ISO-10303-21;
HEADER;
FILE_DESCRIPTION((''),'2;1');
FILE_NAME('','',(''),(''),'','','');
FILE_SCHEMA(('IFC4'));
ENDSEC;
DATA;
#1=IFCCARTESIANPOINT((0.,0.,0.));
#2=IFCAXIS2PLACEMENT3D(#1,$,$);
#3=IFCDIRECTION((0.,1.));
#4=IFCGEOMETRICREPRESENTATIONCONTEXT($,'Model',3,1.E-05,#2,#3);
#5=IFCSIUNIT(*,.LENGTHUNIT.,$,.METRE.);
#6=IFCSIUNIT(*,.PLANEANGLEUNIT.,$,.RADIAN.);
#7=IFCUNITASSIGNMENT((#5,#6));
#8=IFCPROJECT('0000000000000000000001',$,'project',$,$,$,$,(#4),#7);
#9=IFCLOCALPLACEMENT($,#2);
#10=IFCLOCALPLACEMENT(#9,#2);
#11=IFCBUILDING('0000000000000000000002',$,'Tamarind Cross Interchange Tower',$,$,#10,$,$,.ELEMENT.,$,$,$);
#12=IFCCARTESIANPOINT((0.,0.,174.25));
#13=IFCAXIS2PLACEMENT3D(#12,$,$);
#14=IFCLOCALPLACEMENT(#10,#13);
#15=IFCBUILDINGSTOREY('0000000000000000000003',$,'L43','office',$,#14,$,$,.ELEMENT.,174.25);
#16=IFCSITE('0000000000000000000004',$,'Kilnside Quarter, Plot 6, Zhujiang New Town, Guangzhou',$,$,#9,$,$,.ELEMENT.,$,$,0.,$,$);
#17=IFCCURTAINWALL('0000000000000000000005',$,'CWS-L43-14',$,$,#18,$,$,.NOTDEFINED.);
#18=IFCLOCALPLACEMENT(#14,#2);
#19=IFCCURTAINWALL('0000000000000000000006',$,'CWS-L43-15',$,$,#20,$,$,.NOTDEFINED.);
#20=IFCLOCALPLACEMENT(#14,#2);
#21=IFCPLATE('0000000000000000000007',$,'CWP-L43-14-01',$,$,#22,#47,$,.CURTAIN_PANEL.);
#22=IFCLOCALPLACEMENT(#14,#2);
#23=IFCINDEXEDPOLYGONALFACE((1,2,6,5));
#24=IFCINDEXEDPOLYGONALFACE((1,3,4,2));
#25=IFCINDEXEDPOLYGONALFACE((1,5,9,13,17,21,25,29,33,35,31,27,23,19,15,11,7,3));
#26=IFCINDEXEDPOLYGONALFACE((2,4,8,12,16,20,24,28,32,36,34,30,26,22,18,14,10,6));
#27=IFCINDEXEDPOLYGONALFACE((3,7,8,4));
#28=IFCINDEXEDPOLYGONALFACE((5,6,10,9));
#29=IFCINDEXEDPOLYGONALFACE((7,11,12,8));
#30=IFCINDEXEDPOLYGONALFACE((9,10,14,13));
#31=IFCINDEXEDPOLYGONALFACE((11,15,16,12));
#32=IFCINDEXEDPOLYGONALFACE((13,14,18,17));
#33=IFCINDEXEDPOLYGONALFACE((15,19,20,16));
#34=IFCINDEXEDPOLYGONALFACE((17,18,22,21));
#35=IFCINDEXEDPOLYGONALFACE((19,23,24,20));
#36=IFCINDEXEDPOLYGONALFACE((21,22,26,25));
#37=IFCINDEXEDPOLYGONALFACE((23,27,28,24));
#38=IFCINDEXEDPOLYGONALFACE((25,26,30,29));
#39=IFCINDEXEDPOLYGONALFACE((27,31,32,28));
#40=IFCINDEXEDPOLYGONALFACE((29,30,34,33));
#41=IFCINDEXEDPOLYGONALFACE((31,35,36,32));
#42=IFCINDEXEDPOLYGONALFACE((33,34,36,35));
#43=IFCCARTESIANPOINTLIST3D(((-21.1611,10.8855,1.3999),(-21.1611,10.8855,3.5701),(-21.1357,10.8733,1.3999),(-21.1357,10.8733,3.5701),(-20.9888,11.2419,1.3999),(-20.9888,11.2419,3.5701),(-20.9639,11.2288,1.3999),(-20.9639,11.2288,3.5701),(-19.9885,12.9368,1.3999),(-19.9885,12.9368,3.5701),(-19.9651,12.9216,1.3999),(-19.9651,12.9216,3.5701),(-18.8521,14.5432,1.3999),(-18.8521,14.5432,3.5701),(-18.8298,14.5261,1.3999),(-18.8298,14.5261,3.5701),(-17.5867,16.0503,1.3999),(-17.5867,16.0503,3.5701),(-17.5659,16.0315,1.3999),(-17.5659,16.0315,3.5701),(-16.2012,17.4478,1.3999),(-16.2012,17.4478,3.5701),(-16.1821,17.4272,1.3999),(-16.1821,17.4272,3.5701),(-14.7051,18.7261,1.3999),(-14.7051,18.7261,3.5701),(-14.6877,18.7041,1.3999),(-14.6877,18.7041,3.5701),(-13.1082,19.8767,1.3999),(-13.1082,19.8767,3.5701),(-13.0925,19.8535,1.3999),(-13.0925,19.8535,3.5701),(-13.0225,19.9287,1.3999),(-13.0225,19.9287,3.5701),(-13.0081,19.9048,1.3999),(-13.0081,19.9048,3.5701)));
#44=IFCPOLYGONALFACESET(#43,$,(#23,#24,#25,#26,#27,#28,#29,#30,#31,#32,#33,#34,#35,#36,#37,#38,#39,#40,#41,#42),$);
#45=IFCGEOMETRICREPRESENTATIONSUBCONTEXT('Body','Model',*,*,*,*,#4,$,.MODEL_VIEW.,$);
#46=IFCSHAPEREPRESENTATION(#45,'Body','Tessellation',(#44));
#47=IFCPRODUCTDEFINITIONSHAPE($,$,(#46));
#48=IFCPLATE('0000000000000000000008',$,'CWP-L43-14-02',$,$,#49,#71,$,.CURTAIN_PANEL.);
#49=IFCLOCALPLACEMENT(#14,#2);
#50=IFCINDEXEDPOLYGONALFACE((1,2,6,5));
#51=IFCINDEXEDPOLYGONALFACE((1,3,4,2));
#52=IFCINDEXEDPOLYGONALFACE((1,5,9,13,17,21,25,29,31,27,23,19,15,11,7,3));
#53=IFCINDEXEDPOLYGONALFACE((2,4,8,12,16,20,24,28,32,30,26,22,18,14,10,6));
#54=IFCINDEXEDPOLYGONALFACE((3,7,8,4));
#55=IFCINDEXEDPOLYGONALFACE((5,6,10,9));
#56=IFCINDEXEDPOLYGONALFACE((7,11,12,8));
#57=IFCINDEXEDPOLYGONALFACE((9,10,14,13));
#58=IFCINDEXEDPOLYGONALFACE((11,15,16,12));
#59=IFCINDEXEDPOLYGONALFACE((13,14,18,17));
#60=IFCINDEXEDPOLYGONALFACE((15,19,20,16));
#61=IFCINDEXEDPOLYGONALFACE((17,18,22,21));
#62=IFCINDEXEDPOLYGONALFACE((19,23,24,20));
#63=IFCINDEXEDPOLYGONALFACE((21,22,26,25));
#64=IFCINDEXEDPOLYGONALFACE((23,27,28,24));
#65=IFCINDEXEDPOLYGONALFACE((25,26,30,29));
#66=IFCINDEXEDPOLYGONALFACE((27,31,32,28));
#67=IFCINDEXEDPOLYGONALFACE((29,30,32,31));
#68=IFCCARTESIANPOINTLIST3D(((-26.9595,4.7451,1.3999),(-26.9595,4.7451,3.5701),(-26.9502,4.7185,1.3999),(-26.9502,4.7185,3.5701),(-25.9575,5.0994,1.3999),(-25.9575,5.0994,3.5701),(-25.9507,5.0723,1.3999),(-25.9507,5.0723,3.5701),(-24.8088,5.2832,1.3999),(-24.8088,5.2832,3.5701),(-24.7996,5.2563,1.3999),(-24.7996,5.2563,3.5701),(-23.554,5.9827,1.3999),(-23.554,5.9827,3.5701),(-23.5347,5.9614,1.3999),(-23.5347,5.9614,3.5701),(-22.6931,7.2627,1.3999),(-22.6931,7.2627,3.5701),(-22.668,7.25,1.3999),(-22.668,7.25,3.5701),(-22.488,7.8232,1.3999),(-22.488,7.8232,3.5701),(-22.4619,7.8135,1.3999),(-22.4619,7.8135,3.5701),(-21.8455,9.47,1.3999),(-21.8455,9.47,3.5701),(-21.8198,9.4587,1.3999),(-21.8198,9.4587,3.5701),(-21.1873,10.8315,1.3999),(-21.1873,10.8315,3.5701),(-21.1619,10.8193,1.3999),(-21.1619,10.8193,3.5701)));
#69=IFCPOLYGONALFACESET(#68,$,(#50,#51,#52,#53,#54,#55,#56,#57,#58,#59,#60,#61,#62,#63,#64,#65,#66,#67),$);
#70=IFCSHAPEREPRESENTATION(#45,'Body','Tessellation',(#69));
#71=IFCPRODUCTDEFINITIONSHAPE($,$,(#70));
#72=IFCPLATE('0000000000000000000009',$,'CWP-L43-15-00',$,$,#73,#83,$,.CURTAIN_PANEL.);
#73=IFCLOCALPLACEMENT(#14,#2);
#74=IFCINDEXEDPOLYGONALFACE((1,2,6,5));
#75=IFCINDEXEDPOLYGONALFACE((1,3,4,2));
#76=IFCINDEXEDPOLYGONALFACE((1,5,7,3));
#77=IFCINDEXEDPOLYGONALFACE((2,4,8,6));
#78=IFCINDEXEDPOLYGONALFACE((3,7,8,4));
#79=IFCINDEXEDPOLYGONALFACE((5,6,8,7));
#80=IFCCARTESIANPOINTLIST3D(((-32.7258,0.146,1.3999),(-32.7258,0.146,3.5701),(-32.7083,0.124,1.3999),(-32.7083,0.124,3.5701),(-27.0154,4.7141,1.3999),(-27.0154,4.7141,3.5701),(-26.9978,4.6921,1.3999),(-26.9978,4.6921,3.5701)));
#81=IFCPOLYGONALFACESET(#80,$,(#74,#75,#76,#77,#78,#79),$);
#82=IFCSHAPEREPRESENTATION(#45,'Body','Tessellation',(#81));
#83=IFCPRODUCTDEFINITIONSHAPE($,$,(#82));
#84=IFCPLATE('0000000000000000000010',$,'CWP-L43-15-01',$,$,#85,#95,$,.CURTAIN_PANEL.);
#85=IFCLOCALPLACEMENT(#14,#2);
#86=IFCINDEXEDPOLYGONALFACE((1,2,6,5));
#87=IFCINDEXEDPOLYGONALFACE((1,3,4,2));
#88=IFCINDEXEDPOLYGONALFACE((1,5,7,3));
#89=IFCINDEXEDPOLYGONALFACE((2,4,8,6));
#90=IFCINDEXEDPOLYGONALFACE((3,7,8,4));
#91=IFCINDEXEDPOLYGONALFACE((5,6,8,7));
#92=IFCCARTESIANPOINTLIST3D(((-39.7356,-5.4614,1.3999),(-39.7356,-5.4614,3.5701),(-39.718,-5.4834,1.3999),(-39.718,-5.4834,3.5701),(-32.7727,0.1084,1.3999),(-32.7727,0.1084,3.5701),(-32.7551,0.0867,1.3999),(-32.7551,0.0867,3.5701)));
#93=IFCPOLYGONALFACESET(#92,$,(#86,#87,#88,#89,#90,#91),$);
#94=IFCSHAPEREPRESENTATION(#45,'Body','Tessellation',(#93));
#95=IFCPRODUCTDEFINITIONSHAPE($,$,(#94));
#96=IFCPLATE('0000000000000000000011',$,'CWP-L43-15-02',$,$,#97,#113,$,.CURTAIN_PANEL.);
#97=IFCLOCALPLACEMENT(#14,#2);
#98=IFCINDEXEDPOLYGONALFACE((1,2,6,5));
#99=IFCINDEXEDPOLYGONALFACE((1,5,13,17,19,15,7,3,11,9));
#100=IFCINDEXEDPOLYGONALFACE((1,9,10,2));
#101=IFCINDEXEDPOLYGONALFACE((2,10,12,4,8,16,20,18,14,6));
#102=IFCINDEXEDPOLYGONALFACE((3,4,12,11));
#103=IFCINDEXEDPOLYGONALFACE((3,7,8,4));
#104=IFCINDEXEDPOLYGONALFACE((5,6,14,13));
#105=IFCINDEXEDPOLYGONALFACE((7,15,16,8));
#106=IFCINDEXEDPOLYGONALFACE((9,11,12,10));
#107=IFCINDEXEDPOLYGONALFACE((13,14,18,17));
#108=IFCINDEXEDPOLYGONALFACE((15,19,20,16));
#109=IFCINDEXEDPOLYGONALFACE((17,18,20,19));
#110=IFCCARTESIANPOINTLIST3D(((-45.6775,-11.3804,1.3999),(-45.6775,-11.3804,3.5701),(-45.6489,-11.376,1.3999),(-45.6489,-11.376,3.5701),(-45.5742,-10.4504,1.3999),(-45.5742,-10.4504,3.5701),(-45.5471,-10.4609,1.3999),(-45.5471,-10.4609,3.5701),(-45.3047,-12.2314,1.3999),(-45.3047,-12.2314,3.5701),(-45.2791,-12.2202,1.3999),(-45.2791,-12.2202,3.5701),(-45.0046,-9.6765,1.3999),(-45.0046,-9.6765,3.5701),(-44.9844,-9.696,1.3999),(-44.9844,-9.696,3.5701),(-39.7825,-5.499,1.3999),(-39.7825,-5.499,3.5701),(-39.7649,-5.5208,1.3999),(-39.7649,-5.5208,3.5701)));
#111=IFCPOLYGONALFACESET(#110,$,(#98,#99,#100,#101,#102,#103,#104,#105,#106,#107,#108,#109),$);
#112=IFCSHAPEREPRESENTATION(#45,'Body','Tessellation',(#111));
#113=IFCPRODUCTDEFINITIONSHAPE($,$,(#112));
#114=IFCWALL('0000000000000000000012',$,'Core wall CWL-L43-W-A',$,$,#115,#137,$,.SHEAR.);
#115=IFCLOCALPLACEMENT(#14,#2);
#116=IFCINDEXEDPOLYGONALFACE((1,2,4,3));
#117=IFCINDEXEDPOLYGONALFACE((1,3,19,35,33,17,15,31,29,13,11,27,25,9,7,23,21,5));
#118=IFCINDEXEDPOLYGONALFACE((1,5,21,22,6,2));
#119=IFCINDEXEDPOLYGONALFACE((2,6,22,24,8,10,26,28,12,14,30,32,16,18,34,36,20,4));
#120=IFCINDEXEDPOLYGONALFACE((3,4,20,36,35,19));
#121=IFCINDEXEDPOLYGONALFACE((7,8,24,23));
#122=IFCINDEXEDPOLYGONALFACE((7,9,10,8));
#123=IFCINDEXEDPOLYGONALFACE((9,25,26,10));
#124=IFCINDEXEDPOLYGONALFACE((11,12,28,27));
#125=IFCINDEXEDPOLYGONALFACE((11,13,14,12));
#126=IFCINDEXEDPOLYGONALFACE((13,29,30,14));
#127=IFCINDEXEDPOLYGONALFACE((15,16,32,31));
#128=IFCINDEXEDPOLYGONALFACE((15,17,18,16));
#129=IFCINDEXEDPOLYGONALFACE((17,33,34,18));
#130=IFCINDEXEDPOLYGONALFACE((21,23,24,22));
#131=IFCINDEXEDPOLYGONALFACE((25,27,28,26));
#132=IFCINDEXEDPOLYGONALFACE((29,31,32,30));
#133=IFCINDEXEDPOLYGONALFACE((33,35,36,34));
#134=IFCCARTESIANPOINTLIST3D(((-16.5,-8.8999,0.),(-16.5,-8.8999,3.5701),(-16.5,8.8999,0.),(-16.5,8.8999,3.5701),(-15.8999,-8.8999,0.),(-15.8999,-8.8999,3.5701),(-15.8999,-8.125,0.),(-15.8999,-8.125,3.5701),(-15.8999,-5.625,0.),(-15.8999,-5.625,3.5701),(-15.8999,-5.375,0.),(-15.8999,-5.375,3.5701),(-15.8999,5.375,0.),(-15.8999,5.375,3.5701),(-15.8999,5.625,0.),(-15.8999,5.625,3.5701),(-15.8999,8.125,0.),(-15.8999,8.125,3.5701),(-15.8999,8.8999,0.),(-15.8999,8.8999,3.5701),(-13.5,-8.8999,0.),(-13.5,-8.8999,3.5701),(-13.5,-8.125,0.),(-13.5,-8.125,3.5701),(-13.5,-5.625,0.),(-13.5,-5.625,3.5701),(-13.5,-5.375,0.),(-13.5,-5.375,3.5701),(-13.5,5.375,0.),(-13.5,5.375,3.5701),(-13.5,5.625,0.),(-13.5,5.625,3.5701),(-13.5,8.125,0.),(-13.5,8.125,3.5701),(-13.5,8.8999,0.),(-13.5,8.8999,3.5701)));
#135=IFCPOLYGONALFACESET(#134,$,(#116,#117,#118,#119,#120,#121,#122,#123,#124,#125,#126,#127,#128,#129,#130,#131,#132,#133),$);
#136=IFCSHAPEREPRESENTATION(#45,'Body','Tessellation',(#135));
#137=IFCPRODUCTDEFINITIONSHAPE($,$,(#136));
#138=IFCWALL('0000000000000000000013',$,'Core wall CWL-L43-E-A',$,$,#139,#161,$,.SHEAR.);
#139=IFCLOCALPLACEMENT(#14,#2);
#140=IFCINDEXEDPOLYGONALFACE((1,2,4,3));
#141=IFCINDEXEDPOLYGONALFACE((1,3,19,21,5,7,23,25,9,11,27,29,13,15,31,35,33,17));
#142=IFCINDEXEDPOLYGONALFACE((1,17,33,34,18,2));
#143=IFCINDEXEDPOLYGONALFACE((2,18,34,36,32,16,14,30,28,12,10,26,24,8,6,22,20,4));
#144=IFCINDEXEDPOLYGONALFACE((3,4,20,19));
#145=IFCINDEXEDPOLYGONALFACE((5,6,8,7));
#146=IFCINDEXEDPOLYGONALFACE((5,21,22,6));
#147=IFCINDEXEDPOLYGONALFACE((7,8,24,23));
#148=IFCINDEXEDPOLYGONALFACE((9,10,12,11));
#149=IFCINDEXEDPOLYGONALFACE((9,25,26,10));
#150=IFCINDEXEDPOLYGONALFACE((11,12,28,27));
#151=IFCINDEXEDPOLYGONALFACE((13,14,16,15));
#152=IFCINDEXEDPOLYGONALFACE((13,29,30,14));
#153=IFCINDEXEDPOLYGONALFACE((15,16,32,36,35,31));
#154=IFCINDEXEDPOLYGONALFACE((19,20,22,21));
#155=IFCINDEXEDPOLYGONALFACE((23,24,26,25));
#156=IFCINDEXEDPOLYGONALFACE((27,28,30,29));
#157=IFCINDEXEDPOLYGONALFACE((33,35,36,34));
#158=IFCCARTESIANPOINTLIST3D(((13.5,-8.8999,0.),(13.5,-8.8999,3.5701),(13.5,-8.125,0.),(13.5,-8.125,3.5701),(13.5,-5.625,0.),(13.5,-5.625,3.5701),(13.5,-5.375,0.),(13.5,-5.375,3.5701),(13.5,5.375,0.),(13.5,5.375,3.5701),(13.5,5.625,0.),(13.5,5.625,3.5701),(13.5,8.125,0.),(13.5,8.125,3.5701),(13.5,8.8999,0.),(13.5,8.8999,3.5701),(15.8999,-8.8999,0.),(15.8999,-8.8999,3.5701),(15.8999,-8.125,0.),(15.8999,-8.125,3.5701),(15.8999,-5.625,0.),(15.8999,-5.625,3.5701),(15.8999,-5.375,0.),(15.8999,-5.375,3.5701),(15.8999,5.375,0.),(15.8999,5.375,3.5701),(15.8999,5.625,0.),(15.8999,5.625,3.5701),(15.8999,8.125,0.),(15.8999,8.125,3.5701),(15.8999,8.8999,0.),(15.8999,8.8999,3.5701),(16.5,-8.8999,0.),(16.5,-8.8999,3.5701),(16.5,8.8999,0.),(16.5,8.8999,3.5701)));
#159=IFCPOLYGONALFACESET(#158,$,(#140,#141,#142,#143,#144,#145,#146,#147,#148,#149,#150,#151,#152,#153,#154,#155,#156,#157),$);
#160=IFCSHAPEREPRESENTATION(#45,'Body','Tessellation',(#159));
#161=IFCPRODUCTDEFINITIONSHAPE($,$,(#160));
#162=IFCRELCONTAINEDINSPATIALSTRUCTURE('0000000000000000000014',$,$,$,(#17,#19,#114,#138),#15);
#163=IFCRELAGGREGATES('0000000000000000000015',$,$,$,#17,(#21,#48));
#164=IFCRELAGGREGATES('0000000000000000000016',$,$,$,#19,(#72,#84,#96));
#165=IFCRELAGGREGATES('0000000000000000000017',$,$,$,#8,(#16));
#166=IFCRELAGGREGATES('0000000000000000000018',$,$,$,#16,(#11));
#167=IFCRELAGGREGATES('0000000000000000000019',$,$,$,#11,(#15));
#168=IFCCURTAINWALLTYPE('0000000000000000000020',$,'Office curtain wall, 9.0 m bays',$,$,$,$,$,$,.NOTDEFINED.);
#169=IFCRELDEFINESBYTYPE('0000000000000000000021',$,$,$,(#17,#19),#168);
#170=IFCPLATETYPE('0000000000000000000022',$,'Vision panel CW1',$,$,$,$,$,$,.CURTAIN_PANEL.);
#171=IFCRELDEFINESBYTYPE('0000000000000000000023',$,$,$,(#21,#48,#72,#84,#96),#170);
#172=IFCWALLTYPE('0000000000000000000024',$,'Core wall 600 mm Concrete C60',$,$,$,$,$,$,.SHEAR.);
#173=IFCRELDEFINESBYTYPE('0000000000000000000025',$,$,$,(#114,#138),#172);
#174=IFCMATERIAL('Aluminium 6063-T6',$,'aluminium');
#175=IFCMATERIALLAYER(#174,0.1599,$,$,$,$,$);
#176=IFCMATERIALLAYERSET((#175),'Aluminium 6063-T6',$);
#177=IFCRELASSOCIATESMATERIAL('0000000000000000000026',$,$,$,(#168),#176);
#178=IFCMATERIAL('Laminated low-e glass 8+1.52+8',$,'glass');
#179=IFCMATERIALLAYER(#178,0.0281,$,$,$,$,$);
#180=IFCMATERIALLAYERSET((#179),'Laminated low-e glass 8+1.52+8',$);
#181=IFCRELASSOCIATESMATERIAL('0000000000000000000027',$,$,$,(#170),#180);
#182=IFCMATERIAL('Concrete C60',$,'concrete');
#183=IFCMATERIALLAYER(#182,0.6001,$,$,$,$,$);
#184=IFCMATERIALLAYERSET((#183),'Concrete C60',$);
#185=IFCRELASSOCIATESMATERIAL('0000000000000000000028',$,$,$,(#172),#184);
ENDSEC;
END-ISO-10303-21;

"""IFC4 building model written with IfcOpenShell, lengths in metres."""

from ifc_helpers import new_model, si_unit, direction, frame, origin, place, context, subcontext, project, spatial, polyline, outline, extrude, material, layer, layer_set, type_object, element, aggregate, save


model = new_model("IFC4")

# Units and contexts
model_context = context("Model", 3, precision=1e-05, world=origin(), true_north=direction((0.0, 1.0)))
body_context = subcontext(model_context, "Body", "Model", "MODEL_VIEW")
ifc_project = project(units=[si_unit("LENGTHUNIT", "METRE"), si_unit("PLANEANGLEUNIT", "RADIAN")], contexts=[model_context])

# Site, building, storey
site_placement = place(None, origin())
site = spatial("IfcSite", under=ifc_project, at=site_placement, Name="Kilnside Quarter, Plot 6, Zhujiang New Town, Guangzhou", CompositionType="ELEMENT", RefElevation=0.0)
building_placement = place(site_placement, origin())
building = spatial("IfcBuilding", under=site, at=building_placement, Name="Tamarind Cross Interchange Tower", CompositionType="ELEMENT")
storey_placement = place(building_placement, frame((0.0, 0.0, 174.25)))
storey = spatial("IfcBuildingStorey", under=building, at=storey_placement, Name="L43", Description="office", CompositionType="ELEMENT", Elevation=174.25)

# Curtain walls
ifc_material_1 = material(Name="Aluminium 6063-T6", Category="aluminium")
ifc_layer_1 = layer(ifc_material_1, 0.1599)
ifc_layer_set_1 = layer_set([ifc_layer_1], Name="Aluminium 6063-T6")
curtain_wall_type = type_object("IfcCurtainWallType", Name="Office curtain wall, 9.0 m bays", PredefinedType="NOTDEFINED", material=ifc_layer_set_1)
curtain_wall_1_placement = place(storey_placement, origin())
curtain_wall_1 = element("IfcCurtainWall", 1, at=curtain_wall_1_placement, inside=storey, type_object=curtain_wall_type, Name="CWS-L43-14", PredefinedType="NOTDEFINED")
curtain_wall_2_placement = place(storey_placement, origin())
curtain_wall_2 = element("IfcCurtainWall", 2, at=curtain_wall_2_placement, inside=storey, type_object=curtain_wall_type, Name="CWS-L43-15", PredefinedType="NOTDEFINED")

# Plates
ifc_material_2 = material(Name="Laminated low-e glass 8+1.52+8", Category="glass")
ifc_layer_2 = layer(ifc_material_2, 0.0281)
ifc_layer_set_2 = layer_set([ifc_layer_2], Name="Laminated low-e glass 8+1.52+8")
plate_type = type_object("IfcPlateType", Name="Vision panel CW1", PredefinedType="CURTAIN_PANEL", material=ifc_layer_set_2)
plate_1_placement = place(storey_placement, frame((0.0, 0.0, 1.3999)))
plate_1 = element("IfcPlate", 3, at=plate_1_placement, type_object=plate_type, Name="CWP-L43-14-01", PredefinedType="CURTAIN_PANEL", context=body_context, shape_type="SweptSolid", body=[
    extrude(outline(polyline([(-13.0081, 19.9048), (-13.0925, 19.8535), (-14.6877, 18.7041), (-16.1821, 17.4272), (-17.5659, 16.0315), (-18.8298, 14.5261), (-19.9651, 12.9216), (-20.9639, 11.2288), (-21.1357, 10.8733), (-21.1611, 10.8855), (-20.9888, 11.2419), (-19.9885, 12.9368), (-18.8521, 14.5432), (-17.5867, 16.0503), (-16.2012, 17.4478), (-14.7051, 18.7261), (-13.1082, 19.8767), (-13.0225, 19.9287), (-13.0081, 19.9048)])), origin(), (0.0, 0.0, 1.0), 2.1702),
])
plate_2_placement = place(storey_placement, frame((0.0, 0.0, 1.3999)))
plate_2 = element("IfcPlate", 4, at=plate_2_placement, type_object=plate_type, Name="CWP-L43-14-02", PredefinedType="CURTAIN_PANEL", context=body_context, shape_type="SweptSolid", body=[
    extrude(outline(polyline([(-21.1619, 10.8193), (-21.8198, 9.4587), (-22.4619, 7.8135), (-22.668, 7.25), (-23.5347, 5.9614), (-24.7996, 5.2563), (-25.9507, 5.0723), (-26.9502, 4.7185), (-26.9595, 4.7451), (-25.9575, 5.0994), (-24.8088, 5.2832), (-23.554, 5.9827), (-22.6931, 7.2627), (-22.488, 7.8232), (-21.8455, 9.47), (-21.1873, 10.8315), (-21.1619, 10.8193)])), origin(), (0.0, 0.0, 1.0), 2.1702),
])
aggregate(curtain_wall_1, [plate_1, plate_2])
plate_3_placement = place(storey_placement, frame((0.0, 0.0, 1.3999)))
plate_3 = element("IfcPlate", 5, at=plate_3_placement, type_object=plate_type, Name="CWP-L43-15-00", PredefinedType="CURTAIN_PANEL", context=body_context, shape_type="SweptSolid", body=[
    extrude(outline(polyline([(-26.9978, 4.6921), (-32.7083, 0.124), (-32.7258, 0.146), (-27.0154, 4.7141), (-26.9978, 4.6921)])), origin(), (0.0, 0.0, 1.0), 2.1702),
])
plate_4_placement = place(storey_placement, frame((0.0, 0.0, 1.3999)))
plate_4 = element("IfcPlate", 6, at=plate_4_placement, type_object=plate_type, Name="CWP-L43-15-01", PredefinedType="CURTAIN_PANEL", context=body_context, shape_type="SweptSolid", body=[
    extrude(outline(polyline([(-32.7551, 0.0867), (-39.718, -5.4834), (-39.7356, -5.4614), (-32.7727, 0.1084), (-32.7551, 0.0867)])), origin(), (0.0, 0.0, 1.0), 2.1702),
])
plate_5_placement = place(storey_placement, frame((0.0, 0.0, 1.3999)))
plate_5 = element("IfcPlate", 7, at=plate_5_placement, type_object=plate_type, Name="CWP-L43-15-02", PredefinedType="CURTAIN_PANEL", context=body_context, shape_type="SweptSolid", body=[
    extrude(outline(polyline([(-39.7649, -5.5208), (-44.9844, -9.696), (-45.5471, -10.4609), (-45.6489, -11.376), (-45.2791, -12.2202), (-45.3047, -12.2314), (-45.6775, -11.3804), (-45.5742, -10.4504), (-45.0046, -9.6765), (-39.7825, -5.499), (-39.7649, -5.5208)])), origin(), (0.0, 0.0, 1.0), 2.1702),
])
aggregate(curtain_wall_2, [plate_3, plate_4, plate_5])

# Walls
ifc_material_3 = material(Name="Concrete C60", Category="concrete")
ifc_layer_3 = layer(ifc_material_3, 0.6001)
ifc_layer_set_3 = layer_set([ifc_layer_3], Name="Concrete C60")
wall_type_1 = type_object("IfcWallType", Name="Core wall 600 mm Concrete C60", PredefinedType="SHEAR", material=ifc_layer_set_3)
wall_1_placement = place(storey_placement, origin())
element("IfcWall", 8, at=wall_1_placement, inside=storey, type_object=wall_type_1, Name="Core wall CWL-L43-W-A", PredefinedType="SHEAR", context=body_context, shape_type="SweptSolid", body=[
    extrude(outline(polyline([(-13.5, -8.125), (-15.8999, -8.125), (-15.8999, -5.625), (-13.5, -5.625), (-13.5, -5.375), (-15.8999, -5.375), (-15.8999, 5.375), (-13.5, 5.375), (-13.5, 5.625), (-15.8999, 5.625), (-15.8999, 8.125), (-13.5, 8.125), (-13.5, 8.8999), (-15.8999, 8.8999), (-16.5, 8.8999), (-16.5, -8.8999), (-15.8999, -8.8999), (-13.5, -8.8999), (-13.5, -8.125)])), origin(), (0.0, 0.0, 1.0), 3.5701),
])
wall_2_placement = place(storey_placement, origin())
element("IfcWall", 9, at=wall_2_placement, inside=storey, type_object=wall_type_1, Name="Core wall CWL-L43-E-A", PredefinedType="SHEAR", context=body_context, shape_type="SweptSolid", body=[
    extrude(outline(polyline([(13.5, -8.125), (13.5, -8.8999), (15.8999, -8.8999), (16.5, -8.8999), (16.5, 8.8999), (15.8999, 8.8999), (13.5, 8.8999), (13.5, 8.125), (15.8999, 8.125), (15.8999, 5.625), (13.5, 5.625), (13.5, 5.375), (15.8999, 5.375), (15.8999, -5.375), (13.5, -5.375), (13.5, -5.625), (15.8999, -5.625), (15.8999, -8.125), (13.5, -8.125)])), origin(), (0.0, 0.0, 1.0), 3.5701),
])

save(model, "model.ifc")
